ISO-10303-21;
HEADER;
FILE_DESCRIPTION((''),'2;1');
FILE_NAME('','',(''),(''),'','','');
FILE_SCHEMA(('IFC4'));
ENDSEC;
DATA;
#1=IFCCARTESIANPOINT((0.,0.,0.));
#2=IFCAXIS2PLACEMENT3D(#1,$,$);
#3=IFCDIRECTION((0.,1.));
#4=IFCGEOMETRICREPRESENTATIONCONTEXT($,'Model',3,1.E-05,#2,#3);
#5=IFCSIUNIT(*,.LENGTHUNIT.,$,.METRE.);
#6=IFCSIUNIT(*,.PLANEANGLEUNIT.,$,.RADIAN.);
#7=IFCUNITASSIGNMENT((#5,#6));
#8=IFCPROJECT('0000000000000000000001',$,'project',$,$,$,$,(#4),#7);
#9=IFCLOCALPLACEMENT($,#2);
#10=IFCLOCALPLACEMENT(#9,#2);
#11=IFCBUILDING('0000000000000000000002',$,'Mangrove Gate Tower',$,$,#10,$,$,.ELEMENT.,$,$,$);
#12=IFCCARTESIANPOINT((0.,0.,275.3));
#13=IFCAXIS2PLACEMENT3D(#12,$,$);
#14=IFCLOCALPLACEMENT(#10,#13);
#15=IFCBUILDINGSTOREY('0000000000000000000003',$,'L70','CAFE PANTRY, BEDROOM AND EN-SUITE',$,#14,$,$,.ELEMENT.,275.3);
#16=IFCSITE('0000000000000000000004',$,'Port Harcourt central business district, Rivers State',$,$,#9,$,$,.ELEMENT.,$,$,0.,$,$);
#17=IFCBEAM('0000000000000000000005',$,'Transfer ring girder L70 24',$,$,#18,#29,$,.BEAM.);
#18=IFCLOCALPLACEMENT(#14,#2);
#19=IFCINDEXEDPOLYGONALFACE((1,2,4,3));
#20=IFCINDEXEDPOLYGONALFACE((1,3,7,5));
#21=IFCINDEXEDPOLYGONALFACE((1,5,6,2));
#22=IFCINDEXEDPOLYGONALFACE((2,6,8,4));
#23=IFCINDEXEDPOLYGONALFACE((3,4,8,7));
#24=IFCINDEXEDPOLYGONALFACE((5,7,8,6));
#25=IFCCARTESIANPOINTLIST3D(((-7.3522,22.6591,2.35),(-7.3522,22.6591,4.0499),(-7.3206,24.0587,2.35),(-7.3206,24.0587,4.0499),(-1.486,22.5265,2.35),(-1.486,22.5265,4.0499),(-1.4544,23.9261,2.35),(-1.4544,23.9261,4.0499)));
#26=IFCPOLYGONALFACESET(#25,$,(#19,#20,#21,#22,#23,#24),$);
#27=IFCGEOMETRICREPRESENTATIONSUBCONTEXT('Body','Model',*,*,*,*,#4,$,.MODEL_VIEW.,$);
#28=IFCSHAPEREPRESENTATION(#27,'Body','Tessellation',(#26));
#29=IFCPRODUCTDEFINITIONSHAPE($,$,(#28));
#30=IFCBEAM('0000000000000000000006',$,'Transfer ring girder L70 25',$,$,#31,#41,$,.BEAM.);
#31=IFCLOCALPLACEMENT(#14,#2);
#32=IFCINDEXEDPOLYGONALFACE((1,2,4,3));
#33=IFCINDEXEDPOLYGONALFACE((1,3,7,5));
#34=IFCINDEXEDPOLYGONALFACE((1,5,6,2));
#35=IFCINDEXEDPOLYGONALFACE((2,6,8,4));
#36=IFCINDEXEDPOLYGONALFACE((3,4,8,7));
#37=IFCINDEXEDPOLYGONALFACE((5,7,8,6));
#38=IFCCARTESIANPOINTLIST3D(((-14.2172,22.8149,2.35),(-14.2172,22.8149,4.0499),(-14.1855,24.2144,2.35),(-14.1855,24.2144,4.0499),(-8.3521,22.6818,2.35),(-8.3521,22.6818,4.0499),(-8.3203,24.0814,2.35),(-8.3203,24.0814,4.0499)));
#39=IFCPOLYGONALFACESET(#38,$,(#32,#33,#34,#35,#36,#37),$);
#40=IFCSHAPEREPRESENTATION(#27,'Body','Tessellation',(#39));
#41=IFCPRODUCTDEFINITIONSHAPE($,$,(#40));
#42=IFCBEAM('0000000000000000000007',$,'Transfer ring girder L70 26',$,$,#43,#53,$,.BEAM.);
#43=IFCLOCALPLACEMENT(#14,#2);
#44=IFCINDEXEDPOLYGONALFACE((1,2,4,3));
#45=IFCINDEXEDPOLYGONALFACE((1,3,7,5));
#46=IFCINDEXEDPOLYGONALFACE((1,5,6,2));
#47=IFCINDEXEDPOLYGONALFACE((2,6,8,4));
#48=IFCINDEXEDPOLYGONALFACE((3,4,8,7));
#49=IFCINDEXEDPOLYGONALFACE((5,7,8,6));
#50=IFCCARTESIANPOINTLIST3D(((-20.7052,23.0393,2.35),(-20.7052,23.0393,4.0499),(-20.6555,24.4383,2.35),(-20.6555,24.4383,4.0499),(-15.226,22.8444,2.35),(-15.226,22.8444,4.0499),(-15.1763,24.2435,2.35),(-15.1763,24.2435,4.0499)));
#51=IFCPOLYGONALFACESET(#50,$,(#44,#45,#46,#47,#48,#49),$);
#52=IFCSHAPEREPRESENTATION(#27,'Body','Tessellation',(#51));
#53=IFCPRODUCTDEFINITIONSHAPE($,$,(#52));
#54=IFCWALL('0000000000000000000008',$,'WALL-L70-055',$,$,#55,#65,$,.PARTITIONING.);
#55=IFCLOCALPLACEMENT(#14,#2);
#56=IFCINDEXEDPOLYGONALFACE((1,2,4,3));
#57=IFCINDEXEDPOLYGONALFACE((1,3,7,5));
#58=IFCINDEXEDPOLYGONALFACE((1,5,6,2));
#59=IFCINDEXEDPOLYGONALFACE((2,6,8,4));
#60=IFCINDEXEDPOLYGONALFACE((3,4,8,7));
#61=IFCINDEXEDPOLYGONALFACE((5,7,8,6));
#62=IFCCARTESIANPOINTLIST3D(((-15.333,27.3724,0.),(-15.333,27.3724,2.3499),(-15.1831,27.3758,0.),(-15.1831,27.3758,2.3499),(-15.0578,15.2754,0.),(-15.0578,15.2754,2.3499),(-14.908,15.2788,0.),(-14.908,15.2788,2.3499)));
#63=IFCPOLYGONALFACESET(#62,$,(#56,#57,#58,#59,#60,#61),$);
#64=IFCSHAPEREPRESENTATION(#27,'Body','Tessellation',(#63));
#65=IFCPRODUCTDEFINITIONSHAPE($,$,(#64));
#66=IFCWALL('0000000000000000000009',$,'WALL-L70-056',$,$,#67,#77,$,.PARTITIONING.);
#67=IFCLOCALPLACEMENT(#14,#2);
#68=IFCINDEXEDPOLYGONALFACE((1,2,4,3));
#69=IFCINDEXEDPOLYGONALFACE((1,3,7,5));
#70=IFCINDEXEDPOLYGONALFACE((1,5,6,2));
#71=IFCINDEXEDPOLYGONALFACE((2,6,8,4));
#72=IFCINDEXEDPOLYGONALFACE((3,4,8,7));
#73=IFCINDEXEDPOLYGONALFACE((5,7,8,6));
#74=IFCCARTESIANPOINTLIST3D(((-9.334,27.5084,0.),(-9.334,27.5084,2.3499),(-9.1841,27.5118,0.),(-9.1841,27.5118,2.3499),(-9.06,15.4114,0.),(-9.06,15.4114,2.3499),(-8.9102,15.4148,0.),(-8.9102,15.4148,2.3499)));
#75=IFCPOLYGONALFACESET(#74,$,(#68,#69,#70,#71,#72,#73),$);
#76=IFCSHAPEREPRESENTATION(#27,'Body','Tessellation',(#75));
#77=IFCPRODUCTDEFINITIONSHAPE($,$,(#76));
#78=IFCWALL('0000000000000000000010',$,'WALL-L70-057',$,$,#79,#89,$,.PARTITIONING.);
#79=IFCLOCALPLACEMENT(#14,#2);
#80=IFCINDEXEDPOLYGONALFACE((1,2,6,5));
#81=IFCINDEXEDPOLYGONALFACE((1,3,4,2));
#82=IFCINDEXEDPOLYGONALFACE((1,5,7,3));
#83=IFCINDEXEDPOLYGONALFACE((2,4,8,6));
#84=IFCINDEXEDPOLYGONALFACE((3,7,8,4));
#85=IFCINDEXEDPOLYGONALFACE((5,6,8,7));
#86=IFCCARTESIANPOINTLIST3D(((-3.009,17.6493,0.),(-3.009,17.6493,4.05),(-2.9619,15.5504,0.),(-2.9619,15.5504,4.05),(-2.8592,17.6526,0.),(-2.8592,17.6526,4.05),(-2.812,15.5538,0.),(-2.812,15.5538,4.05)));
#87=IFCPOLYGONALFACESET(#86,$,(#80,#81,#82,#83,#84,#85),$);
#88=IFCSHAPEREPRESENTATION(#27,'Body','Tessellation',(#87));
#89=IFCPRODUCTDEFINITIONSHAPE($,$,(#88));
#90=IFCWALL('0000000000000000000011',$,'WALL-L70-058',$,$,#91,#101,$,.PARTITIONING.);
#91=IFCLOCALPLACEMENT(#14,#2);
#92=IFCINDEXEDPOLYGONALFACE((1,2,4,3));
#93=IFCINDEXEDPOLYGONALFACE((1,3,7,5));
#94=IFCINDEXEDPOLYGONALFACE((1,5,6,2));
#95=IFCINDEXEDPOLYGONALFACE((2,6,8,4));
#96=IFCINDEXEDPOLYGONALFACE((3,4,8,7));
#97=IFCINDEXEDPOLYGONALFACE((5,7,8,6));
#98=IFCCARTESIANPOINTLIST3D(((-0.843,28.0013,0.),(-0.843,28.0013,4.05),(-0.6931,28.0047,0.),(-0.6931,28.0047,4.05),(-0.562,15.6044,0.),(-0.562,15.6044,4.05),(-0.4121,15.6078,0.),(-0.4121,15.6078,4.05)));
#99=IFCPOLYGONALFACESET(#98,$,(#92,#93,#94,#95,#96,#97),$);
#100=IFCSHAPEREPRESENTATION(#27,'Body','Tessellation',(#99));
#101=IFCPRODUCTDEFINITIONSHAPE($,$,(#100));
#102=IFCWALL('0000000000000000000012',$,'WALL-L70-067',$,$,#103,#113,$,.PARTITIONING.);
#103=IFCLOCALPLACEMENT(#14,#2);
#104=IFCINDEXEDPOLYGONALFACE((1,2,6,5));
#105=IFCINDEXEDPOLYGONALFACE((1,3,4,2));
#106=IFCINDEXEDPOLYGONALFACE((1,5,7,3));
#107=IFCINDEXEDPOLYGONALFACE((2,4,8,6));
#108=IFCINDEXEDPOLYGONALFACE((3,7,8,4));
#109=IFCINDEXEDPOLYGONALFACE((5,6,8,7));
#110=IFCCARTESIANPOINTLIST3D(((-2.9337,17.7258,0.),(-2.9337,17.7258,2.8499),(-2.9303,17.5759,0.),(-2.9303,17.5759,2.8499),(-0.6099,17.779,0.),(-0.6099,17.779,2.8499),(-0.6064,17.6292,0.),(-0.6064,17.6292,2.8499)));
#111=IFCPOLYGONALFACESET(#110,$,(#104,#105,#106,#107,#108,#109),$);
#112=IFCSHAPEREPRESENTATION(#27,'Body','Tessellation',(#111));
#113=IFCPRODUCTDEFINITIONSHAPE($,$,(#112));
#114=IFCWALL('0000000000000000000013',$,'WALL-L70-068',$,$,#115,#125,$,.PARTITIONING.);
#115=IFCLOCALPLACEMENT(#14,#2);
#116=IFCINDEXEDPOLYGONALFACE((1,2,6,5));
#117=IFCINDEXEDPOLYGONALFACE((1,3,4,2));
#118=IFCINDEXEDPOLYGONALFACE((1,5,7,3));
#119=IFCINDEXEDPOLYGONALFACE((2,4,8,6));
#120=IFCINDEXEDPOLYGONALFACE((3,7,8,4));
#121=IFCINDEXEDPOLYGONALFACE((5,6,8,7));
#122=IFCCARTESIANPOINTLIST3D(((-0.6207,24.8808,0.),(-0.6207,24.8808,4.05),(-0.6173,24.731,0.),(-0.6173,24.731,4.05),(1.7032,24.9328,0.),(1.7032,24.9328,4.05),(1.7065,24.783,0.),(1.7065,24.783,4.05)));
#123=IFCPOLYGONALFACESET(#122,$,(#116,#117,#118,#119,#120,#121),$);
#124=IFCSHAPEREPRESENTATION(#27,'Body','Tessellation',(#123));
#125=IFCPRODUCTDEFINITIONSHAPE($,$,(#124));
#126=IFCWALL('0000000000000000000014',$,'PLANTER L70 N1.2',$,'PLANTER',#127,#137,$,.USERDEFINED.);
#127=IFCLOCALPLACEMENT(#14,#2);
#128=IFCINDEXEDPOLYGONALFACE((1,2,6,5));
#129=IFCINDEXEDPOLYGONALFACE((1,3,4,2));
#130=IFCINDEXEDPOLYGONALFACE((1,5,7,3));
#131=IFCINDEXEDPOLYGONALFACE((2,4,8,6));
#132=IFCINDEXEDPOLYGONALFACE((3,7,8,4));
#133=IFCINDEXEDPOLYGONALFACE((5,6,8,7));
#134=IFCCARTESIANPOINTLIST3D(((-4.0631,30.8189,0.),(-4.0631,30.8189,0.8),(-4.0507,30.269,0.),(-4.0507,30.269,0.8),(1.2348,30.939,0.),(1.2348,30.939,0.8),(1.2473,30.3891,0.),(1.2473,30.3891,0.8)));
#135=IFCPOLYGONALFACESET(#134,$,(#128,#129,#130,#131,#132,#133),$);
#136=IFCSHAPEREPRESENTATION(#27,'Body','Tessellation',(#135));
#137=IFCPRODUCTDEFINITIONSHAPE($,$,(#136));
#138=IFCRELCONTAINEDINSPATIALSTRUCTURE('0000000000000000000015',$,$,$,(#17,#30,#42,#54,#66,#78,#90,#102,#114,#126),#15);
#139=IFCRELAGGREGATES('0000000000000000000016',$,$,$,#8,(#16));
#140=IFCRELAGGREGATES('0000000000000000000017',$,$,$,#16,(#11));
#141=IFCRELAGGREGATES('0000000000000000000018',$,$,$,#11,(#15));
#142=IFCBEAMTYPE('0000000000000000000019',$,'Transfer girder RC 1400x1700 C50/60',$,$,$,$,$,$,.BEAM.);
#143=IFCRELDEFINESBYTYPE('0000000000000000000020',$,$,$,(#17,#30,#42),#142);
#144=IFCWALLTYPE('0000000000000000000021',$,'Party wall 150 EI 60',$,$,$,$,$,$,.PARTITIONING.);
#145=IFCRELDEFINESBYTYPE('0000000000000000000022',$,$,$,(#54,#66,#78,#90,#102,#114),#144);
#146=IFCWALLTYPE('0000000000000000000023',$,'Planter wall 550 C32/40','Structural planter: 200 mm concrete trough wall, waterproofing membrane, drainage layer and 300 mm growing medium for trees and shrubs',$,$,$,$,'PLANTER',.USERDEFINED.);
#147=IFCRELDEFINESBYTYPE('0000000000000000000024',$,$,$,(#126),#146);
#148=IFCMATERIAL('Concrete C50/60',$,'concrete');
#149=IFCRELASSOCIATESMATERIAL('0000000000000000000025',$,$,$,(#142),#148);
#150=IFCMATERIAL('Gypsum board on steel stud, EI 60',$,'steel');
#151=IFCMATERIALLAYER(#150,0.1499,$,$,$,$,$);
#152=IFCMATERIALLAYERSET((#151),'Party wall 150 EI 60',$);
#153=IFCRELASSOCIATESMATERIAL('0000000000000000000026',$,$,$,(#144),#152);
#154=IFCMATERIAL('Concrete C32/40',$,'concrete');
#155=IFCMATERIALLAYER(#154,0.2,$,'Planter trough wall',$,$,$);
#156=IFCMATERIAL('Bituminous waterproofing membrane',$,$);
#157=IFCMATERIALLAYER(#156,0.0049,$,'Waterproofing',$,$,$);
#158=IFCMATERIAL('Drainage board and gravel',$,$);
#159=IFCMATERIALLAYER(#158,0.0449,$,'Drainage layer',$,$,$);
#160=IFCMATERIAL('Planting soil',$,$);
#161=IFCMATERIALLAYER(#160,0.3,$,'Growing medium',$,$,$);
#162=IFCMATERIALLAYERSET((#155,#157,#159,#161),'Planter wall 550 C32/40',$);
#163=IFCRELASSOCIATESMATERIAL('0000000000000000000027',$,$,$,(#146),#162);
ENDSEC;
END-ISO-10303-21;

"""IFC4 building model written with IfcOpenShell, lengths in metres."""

from ifc_helpers import new_model, si_unit, direction, frame, frame_2d, origin, origin_2d, place, context, subcontext, project, spatial, rectangle, extrude, material, layer, layer_set, material_profile, profile_set, type_object, element, save


model = new_model("IFC4")

# Units and contexts
model_context = context("Model", 3, precision=1e-05, world=origin(), true_north=direction((0.0, 1.0)))
body_context = subcontext(model_context, "Body", "Model", "MODEL_VIEW")
ifc_project = project(units=[si_unit("LENGTHUNIT", "METRE"), si_unit("PLANEANGLEUNIT", "RADIAN")], contexts=[model_context])

# Site, building, storey
site_placement = place(None, origin())
site = spatial("IfcSite", under=ifc_project, at=site_placement, Name="Port Harcourt central business district, Rivers State", CompositionType="ELEMENT", RefElevation=0.0)
building_placement = place(site_placement, origin())
building = spatial("IfcBuilding", under=site, at=building_placement, Name="Mangrove Gate Tower", CompositionType="ELEMENT")
storey_placement = place(building_placement, frame((0.0, 0.0, 275.3)))
storey = spatial("IfcBuildingStorey", under=building, at=storey_placement, Name="L70", Description="CAFE PANTRY, BEDROOM AND EN-SUITE", CompositionType="ELEMENT", Elevation=275.3)

# Beams
ifc_material_1 = material(Name="Concrete C50/60", Category="concrete")
ifc_material_profile_1 = material_profile(ifc_material_1, rectangle(XDim=1.3999, YDim=1.7, at=origin_2d()))
ifc_profile_set_1 = profile_set([ifc_material_profile_1], Name="Concrete C50/60")
beam_type_1 = type_object("IfcBeamType", Name="Transfer girder RC 1400x1700 C50/60", PredefinedType="BEAM", material=ifc_profile_set_1)
beam_1_placement = place(storey_placement, frame((-1.4702, 23.2263, 3.2), z_axis=(-0.999745, 0.022593, 0.0), x_axis=(-0.022593, -0.999745, 0.0)))
element("IfcBeam", 1, at=beam_1_placement, inside=storey, type_object=beam_type_1, Name="Transfer ring girder L70 24", PredefinedType="BEAM", context=body_context, shape_type="SweptSolid", body=[
    extrude(rectangle(XDim=1.3999, YDim=1.7, at=origin_2d()), origin(), (0.0, 0.0, 1.0), 5.8677),
])
beam_2_placement = place(storey_placement, frame((-8.3362, 23.3816, 3.2), z_axis=(-0.999743, 0.02268, 0.0), x_axis=(-0.02268, -0.999743, 0.0)))
element("IfcBeam", 2, at=beam_2_placement, inside=storey, type_object=beam_type_1, Name="Transfer ring girder L70 25", PredefinedType="BEAM", context=body_context, shape_type="SweptSolid", body=[
    extrude(rectangle(XDim=1.3999, YDim=1.7, at=origin_2d()), origin(), (0.0, 0.0, 1.0), 5.8667),
])
beam_3_placement = place(storey_placement, frame((-15.2012, 23.5439, 3.2), z_axis=(-0.999368, 0.035534, 0.0), x_axis=(-0.035534, -0.999368, 0.0)))
element("IfcBeam", 3, at=beam_3_placement, inside=storey, type_object=beam_type_1, Name="Transfer ring girder L70 26", PredefinedType="BEAM", context=body_context, shape_type="SweptSolid", body=[
    extrude(rectangle(XDim=1.3999, YDim=1.7, at=origin_2d()), origin(), (0.0, 0.0, 1.0), 5.4827),
])

# Walls
ifc_material_2 = material(Name="Gypsum board on steel stud, EI 60", Category="steel")
ifc_layer_1 = layer(ifc_material_2, 0.1499)
ifc_layer_set_1 = layer_set([ifc_layer_1], Name="Party wall 150 EI 60")
wall_type_1 = type_object("IfcWallType", Name="Party wall 150 EI 60", PredefinedType="PARTITIONING", material=ifc_layer_set_1)
for number, where, z_axis, x_axis, name in (
    (4, (-14.9829, 15.2771, 0.0), (0.0, 0.0, 1.0), (-0.022739, 0.999741, 0.0), "WALL-L70-055"),
    (5, (-8.9851, 15.4131, 0.0), (0.0, 0.0, 1.0), (-0.022638, 0.999744, 0.0), "WALL-L70-056"),
):
    element("IfcWall", number, at=place(storey_placement, frame(where, z_axis=z_axis, x_axis=x_axis)), inside=storey, type_object=wall_type_1, Name=name, PredefinedType="PARTITIONING", context=body_context, shape_type="SweptSolid", body=[
        extrude(rectangle(XDim=12.1001, YDim=0.1499, at=frame_2d((6.05, 0.0))), origin(), (0.0, 0.0, 1.0), 2.3499),
    ])
wall_1_placement = place(storey_placement, frame((-2.887, 15.552, 0.0), z_axis=(0.0, 0.0, 1.0), x_axis=(-0.022444, 0.999748, 0.0)))
element("IfcWall", 6, at=wall_1_placement, inside=storey, type_object=wall_type_1, Name="WALL-L70-057", PredefinedType="PARTITIONING", context=body_context, shape_type="SweptSolid", body=[
    extrude(rectangle(XDim=2.0994, YDim=0.1499, at=frame_2d((1.0498, 0.0))), origin(), (0.0, 0.0, 1.0), 4.05),
])
wall_2_placement = place(storey_placement, frame((-0.4871, 15.606, 0.0), z_axis=(0.0, 0.0, 1.0), x_axis=(-0.022661, 0.999743, 0.0)))
element("IfcWall", 7, at=wall_2_placement, inside=storey, type_object=wall_type_1, Name="WALL-L70-058", PredefinedType="PARTITIONING", context=body_context, shape_type="SweptSolid", body=[
    extrude(rectangle(XDim=12.4001, YDim=0.1499, at=frame_2d((6.2002, 0.0))), origin(), (0.0, 0.0, 1.0), 4.05),
])
wall_3_placement = place(storey_placement, frame((-2.9319, 17.6509, 0.0), z_axis=(0.0, 0.0, 1.0), x_axis=(0.999738, 0.022896, 0.0)))
element("IfcWall", 8, at=wall_3_placement, inside=storey, type_object=wall_type_1, Name="WALL-L70-067", PredefinedType="PARTITIONING", context=body_context, shape_type="SweptSolid", body=[
    extrude(rectangle(XDim=2.3245, YDim=0.1499, at=frame_2d((1.1621, 0.0))), origin(), (0.0, 0.0, 1.0), 2.8499),
])
wall_4_placement = place(storey_placement, frame((-0.6189, 24.8059, 0.0), z_axis=(0.0, 0.0, 1.0), x_axis=(0.99975, 0.022371, 0.0)))
element("IfcWall", 9, at=wall_4_placement, inside=storey, type_object=wall_type_1, Name="WALL-L70-068", PredefinedType="PARTITIONING", context=body_context, shape_type="SweptSolid", body=[
    extrude(rectangle(XDim=2.3245, YDim=0.1499, at=frame_2d((1.1621, 0.0))), origin(), (0.0, 0.0, 1.0), 4.05),
])
ifc_material_3 = material(Name="Concrete C32/40", Category="concrete")
ifc_layer_2 = layer(ifc_material_3, 0.2, Name="Planter trough wall")
ifc_material_4 = material(Name="Bituminous waterproofing membrane")
ifc_layer_3 = layer(ifc_material_4, 0.0049, Name="Waterproofing")
ifc_material_5 = material(Name="Drainage board and gravel")
ifc_layer_4 = layer(ifc_material_5, 0.0449, Name="Drainage layer")
ifc_material_6 = material(Name="Planting soil")
ifc_layer_5 = layer(ifc_material_6, 0.3, Name="Growing medium")
ifc_layer_set_2 = layer_set([ifc_layer_2, ifc_layer_3, ifc_layer_4, ifc_layer_5], Name="Planter wall 550 C32/40")
wall_type_2 = type_object("IfcWallType", Name="Planter wall 550 C32/40", Description="Structural planter: 200 mm concrete trough wall, waterproofing membrane, drainage layer and 300 mm growing medium for trees and shrubs", ElementType="PLANTER", PredefinedType="USERDEFINED", material=ifc_layer_set_2)
wall_5_placement = place(storey_placement, frame((-4.0569, 30.5439, 0.0), z_axis=(0.0, 0.0, 1.0), x_axis=(0.999743, 0.022667, 0.0)))
element("IfcWall", 10, at=wall_5_placement, inside=storey, type_object=wall_type_2, Name="PLANTER L70 N1.2", ObjectType="PLANTER", PredefinedType="USERDEFINED", context=body_context, shape_type="SweptSolid", body=[
    extrude(rectangle(XDim=5.2993, YDim=0.55, at=frame_2d((2.6497, 0.0))), origin(), (0.0, 0.0, 1.0), 0.8),
])

save(model, "model.ifc")
